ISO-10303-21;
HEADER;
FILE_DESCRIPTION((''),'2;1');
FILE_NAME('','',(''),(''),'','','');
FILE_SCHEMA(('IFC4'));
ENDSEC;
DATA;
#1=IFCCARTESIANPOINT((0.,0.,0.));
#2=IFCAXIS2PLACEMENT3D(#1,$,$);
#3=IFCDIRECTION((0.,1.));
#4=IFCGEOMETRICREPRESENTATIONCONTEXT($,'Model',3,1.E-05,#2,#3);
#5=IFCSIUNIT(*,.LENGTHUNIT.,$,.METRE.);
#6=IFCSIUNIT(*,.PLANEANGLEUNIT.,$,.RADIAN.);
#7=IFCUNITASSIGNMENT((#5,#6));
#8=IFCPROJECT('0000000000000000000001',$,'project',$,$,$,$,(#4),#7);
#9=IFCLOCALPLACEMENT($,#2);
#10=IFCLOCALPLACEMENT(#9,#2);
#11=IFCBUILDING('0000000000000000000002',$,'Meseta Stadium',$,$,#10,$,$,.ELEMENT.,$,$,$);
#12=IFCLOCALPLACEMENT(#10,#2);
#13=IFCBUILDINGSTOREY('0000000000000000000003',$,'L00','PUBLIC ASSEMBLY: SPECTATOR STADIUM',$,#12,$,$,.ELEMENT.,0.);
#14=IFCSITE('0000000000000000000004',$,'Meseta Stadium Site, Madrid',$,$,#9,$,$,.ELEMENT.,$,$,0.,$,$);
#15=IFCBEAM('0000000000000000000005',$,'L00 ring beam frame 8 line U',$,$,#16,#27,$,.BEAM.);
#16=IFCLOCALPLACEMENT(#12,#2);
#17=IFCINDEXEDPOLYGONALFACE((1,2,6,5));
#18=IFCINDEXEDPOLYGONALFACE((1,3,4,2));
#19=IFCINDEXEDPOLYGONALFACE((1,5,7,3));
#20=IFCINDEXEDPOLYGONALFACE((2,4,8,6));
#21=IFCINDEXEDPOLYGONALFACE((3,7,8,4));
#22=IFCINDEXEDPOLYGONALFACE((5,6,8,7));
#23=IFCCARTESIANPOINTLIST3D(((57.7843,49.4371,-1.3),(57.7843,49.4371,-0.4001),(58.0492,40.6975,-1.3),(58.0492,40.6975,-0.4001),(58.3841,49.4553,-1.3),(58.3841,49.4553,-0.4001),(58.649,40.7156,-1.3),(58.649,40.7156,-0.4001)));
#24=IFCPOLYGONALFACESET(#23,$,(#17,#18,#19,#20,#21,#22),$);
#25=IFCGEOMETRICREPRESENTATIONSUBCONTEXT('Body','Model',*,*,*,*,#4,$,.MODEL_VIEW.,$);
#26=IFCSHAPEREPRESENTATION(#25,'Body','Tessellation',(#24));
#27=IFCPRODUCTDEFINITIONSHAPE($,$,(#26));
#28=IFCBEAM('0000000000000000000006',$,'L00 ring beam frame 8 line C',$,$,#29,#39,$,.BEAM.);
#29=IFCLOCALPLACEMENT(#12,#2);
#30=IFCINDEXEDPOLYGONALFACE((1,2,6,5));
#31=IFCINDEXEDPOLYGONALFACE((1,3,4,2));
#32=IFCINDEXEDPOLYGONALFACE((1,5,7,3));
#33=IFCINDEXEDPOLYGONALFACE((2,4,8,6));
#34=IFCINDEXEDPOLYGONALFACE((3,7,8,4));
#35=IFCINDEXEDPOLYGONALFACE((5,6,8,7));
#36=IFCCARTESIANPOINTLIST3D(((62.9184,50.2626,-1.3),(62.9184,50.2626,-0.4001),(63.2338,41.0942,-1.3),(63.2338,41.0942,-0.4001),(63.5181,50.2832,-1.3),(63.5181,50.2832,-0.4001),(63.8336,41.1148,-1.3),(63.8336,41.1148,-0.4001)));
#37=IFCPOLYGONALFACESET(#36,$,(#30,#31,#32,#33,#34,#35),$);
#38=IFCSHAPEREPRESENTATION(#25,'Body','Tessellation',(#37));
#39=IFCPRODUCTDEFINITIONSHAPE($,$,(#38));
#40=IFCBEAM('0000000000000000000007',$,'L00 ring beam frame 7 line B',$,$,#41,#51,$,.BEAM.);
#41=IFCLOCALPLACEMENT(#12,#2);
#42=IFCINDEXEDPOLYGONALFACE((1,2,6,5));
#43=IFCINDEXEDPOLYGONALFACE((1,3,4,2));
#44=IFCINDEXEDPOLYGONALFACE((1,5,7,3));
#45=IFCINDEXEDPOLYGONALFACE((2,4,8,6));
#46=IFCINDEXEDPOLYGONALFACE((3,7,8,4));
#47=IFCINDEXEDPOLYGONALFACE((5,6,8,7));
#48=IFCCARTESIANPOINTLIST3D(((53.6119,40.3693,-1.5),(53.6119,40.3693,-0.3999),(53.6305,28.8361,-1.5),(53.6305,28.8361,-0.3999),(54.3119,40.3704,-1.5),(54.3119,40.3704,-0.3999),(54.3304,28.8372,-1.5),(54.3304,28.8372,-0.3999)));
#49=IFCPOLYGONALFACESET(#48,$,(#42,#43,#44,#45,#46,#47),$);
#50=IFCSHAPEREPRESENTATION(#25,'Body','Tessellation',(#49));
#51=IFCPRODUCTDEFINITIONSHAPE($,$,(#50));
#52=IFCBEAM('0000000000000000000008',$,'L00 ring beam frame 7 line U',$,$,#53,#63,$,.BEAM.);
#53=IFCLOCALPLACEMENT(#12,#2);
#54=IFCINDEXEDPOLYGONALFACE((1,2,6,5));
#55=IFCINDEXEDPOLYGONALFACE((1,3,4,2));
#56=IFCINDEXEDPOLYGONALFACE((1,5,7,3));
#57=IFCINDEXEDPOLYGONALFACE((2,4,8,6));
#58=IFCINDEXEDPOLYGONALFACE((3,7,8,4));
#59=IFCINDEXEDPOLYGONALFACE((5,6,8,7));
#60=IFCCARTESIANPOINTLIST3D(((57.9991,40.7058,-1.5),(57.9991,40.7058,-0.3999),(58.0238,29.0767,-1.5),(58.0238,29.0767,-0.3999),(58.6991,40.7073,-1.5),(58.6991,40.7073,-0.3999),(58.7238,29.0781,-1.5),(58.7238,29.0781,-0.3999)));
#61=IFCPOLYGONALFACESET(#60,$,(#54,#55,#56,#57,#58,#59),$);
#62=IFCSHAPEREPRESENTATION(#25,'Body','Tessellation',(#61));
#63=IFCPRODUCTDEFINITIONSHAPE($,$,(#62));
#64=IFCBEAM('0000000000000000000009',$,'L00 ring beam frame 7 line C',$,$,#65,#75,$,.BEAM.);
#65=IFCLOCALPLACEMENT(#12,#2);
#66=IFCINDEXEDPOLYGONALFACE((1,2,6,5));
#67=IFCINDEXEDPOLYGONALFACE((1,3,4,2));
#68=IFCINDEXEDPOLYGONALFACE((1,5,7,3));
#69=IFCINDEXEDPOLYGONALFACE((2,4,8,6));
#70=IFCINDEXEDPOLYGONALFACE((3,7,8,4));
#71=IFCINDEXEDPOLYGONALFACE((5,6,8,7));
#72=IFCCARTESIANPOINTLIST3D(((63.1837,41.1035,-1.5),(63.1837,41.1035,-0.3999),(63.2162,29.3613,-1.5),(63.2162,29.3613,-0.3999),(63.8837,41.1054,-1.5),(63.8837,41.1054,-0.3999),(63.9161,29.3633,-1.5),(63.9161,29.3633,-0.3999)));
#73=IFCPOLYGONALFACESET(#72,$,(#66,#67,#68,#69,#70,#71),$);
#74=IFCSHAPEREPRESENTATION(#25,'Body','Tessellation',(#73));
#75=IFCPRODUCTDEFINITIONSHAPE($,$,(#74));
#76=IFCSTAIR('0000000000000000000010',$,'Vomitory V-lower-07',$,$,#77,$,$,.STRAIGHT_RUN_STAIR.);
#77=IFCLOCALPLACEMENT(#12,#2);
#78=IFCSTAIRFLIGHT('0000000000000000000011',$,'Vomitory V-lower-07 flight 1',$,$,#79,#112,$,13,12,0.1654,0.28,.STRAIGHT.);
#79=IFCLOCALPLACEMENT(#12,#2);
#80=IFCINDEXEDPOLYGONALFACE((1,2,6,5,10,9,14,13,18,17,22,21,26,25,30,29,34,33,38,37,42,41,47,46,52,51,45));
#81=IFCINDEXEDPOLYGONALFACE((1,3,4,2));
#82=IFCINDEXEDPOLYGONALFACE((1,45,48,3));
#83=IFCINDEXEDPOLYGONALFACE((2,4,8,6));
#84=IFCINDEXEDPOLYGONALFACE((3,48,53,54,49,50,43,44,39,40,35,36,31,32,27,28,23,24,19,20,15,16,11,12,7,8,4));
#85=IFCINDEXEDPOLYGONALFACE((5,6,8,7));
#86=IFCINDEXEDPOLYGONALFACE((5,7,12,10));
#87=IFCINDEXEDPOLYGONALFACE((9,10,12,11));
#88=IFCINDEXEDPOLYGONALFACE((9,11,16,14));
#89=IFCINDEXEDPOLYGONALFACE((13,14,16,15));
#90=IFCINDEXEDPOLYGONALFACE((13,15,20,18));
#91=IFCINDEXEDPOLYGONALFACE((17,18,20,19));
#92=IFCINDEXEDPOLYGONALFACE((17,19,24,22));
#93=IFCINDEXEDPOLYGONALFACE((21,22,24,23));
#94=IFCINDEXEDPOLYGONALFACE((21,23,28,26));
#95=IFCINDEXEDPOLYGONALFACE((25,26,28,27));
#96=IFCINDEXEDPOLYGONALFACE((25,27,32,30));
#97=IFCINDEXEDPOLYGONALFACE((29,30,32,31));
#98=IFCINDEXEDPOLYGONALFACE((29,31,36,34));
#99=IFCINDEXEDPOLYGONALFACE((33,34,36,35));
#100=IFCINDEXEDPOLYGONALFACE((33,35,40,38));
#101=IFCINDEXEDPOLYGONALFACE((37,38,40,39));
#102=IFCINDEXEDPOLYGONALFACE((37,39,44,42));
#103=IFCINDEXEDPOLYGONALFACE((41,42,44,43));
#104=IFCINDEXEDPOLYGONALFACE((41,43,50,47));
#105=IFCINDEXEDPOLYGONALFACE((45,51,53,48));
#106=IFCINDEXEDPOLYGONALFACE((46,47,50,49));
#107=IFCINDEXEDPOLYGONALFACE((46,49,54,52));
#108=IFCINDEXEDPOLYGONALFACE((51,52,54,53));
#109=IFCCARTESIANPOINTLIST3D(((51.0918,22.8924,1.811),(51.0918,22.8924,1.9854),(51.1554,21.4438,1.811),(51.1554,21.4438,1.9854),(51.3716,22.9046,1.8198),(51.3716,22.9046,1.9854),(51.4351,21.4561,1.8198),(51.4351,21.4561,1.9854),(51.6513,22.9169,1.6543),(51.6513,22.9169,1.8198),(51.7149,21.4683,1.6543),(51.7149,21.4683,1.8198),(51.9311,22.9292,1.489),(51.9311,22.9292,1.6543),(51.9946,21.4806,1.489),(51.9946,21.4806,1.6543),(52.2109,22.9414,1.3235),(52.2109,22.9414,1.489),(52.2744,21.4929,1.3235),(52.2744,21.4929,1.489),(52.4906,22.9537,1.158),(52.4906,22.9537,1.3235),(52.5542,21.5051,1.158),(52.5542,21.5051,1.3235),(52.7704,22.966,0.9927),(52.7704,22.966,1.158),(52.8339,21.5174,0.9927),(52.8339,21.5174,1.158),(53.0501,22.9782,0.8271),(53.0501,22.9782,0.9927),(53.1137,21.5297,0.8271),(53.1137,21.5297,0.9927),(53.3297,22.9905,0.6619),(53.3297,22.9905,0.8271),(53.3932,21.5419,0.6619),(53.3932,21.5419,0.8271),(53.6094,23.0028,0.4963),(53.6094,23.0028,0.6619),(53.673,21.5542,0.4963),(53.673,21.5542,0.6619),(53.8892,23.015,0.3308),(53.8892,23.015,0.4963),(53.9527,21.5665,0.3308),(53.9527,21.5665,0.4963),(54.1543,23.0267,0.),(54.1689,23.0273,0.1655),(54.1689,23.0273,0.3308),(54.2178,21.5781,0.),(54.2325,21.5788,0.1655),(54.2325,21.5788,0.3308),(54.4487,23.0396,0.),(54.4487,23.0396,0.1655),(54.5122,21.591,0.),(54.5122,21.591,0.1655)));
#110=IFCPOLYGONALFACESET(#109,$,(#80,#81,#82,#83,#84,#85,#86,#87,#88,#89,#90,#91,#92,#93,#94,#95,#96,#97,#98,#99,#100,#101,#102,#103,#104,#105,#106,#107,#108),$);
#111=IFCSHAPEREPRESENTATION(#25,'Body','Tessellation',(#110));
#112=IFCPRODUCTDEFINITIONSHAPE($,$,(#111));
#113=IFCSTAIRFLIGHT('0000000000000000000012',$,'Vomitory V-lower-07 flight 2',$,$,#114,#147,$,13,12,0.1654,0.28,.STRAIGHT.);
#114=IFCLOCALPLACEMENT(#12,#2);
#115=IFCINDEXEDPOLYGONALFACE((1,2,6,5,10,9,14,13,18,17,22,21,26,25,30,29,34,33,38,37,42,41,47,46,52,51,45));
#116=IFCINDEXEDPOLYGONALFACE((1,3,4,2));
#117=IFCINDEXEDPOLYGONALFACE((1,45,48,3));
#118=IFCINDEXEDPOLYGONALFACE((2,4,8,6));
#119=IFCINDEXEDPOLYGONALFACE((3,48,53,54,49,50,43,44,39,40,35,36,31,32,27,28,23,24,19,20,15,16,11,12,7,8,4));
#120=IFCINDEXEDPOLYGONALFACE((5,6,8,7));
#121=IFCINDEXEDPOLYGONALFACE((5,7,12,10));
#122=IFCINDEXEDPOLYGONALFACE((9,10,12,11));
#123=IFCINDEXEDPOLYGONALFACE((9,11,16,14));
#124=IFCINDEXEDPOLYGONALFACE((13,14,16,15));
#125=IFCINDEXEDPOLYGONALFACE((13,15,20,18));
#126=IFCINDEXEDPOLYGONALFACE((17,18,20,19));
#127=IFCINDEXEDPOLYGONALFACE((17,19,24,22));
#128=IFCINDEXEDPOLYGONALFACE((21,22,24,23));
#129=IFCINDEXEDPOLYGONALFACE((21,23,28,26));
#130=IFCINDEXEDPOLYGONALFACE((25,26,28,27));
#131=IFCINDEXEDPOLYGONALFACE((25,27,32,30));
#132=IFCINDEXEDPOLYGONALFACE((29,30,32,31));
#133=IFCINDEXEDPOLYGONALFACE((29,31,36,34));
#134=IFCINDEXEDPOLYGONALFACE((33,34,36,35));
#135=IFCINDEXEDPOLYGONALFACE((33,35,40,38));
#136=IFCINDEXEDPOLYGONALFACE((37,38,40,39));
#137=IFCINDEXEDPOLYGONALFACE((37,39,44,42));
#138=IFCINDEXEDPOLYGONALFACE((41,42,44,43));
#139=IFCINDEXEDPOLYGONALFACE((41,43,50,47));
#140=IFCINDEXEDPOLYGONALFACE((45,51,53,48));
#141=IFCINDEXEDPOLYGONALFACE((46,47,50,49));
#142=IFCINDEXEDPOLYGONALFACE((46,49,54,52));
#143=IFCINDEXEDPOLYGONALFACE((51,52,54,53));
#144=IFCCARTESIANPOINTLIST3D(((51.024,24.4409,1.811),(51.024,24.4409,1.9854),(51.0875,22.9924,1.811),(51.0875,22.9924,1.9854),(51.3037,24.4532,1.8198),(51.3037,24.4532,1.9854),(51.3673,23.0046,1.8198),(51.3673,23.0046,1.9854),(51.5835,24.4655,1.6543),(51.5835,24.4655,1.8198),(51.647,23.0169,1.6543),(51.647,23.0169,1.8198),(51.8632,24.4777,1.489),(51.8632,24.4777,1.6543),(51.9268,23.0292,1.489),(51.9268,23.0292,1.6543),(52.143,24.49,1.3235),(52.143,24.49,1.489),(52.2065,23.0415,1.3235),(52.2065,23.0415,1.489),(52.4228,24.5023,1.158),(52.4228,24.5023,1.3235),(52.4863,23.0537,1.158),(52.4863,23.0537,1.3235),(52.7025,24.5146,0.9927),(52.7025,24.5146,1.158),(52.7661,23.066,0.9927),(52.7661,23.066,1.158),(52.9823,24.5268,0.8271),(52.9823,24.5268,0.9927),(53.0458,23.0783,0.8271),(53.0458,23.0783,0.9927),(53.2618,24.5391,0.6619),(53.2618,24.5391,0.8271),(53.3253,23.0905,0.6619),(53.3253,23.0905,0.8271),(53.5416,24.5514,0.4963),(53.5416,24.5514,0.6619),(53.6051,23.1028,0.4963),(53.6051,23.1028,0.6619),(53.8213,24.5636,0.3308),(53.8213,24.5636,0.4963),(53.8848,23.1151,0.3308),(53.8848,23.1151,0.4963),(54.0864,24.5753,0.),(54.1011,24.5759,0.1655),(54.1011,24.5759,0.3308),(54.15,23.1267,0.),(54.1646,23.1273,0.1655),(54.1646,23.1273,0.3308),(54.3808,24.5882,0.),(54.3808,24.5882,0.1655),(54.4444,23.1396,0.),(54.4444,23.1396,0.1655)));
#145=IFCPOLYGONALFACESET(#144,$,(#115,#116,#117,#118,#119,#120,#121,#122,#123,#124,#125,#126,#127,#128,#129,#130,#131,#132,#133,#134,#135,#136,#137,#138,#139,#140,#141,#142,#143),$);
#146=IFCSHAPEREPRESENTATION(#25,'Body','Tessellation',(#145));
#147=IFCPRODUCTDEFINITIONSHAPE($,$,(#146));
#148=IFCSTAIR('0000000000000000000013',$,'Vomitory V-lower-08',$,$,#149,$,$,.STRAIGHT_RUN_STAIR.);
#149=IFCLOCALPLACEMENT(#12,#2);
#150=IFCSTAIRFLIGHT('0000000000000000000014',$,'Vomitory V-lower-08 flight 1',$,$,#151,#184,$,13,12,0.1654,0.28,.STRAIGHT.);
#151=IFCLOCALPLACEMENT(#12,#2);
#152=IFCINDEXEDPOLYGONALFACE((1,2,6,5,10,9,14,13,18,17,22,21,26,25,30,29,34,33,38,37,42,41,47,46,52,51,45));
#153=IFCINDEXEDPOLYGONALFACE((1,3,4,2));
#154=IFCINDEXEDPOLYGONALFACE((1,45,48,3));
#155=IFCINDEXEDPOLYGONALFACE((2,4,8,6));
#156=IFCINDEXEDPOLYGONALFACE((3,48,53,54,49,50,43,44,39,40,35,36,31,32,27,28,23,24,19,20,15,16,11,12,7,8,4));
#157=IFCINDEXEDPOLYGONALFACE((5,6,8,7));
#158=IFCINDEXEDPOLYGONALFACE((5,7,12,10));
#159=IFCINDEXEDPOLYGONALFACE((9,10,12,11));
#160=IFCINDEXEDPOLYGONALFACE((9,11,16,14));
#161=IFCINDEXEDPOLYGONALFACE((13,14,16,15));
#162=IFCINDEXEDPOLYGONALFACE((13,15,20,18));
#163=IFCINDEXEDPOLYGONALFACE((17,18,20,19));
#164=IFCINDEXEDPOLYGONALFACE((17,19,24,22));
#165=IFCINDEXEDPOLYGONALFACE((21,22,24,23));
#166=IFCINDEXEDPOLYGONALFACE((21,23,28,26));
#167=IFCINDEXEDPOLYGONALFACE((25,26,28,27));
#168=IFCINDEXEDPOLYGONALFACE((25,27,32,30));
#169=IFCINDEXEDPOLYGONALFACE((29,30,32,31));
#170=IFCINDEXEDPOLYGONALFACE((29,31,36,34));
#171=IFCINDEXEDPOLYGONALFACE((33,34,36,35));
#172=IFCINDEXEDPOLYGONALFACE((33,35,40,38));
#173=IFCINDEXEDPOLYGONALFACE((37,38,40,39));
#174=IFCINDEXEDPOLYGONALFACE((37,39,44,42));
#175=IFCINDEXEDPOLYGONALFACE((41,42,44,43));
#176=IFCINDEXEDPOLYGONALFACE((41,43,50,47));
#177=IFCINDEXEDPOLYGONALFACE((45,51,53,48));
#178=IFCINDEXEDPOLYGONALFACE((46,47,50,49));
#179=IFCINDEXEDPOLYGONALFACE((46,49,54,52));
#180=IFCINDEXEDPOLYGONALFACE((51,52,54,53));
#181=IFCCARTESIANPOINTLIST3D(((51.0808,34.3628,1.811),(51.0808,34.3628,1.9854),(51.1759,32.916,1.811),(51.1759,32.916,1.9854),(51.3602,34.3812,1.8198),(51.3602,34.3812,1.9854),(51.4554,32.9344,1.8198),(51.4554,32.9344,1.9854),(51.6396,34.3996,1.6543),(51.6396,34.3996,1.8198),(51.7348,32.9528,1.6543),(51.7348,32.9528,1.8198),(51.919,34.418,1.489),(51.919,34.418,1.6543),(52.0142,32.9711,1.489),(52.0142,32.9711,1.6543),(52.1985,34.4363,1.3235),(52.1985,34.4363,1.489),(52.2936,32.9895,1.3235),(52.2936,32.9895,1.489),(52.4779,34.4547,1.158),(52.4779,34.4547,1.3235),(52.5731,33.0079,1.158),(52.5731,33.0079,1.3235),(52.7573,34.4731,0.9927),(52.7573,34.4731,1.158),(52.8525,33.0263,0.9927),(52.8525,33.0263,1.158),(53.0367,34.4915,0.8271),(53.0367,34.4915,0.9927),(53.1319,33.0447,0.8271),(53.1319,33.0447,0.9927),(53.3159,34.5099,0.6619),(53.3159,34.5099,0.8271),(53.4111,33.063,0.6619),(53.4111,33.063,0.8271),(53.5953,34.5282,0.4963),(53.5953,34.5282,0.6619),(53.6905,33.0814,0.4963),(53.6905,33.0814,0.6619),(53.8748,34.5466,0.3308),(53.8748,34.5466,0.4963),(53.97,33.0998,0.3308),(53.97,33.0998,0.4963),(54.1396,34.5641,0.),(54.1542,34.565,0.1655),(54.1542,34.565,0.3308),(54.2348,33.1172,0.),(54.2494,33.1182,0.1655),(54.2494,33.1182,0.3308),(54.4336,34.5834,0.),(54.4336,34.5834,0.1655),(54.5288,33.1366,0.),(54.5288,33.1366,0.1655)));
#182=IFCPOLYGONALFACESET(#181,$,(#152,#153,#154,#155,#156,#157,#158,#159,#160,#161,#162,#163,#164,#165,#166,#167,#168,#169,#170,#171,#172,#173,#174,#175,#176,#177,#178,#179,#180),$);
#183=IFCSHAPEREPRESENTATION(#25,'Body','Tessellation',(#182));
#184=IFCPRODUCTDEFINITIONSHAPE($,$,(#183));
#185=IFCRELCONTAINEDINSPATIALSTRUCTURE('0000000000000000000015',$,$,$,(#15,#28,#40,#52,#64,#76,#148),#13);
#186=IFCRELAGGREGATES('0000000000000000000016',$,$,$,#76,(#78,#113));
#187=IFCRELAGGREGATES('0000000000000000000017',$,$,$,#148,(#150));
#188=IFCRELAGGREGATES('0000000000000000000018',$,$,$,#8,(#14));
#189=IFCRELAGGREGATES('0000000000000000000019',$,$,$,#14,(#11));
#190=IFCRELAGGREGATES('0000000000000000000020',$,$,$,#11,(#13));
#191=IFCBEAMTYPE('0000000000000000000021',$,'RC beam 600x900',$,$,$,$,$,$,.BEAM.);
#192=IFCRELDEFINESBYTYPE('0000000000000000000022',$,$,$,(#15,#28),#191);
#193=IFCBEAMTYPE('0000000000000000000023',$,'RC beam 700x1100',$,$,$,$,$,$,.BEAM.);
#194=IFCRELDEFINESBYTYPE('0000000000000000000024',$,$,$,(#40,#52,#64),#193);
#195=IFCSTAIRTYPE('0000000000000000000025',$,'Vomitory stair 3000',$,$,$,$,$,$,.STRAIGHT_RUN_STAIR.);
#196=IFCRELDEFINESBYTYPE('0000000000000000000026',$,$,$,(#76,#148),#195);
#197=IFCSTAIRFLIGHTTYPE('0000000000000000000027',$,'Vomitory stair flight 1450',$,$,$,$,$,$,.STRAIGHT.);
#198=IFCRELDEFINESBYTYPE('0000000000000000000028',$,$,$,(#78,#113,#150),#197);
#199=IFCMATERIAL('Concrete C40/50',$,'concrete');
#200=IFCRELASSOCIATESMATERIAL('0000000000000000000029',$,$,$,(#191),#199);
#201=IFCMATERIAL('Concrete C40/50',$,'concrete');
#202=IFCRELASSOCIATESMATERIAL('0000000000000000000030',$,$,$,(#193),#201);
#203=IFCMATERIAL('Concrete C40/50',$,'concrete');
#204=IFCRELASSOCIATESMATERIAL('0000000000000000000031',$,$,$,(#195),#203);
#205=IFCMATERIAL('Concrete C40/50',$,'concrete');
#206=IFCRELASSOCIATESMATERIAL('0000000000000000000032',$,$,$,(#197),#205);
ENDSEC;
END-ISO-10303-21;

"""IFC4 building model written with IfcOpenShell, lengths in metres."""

from ifc_helpers import new_model, si_unit, direction, frame, origin, origin_2d, place, context, subcontext, project, spatial, polyline, rectangle, outline, extrude, material, material_profile, profile_set, type_object, element, aggregate, save


model = new_model("IFC4")

# Units and contexts
model_context = context("Model", 3, precision=1e-05, world=origin(), true_north=direction((0.0, 1.0)))
body_context = subcontext(model_context, "Body", "Model", "MODEL_VIEW")
ifc_project = project(units=[si_unit("LENGTHUNIT", "METRE"), si_unit("PLANEANGLEUNIT", "RADIAN")], contexts=[model_context])

# Site, building, storey
site_placement = place(None, origin())
site = spatial("IfcSite", under=ifc_project, at=site_placement, Name="Meseta Stadium Site, Madrid", CompositionType="ELEMENT", RefElevation=0.0)
building_placement = place(site_placement, origin())
building = spatial("IfcBuilding", under=site, at=building_placement, Name="Meseta Stadium", CompositionType="ELEMENT")
storey_placement = place(building_placement, origin())
storey = spatial("IfcBuildingStorey", under=building, at=storey_placement, Name="L00", Description="PUBLIC ASSEMBLY: SPECTATOR STADIUM", CompositionType="ELEMENT", Elevation=0.0)

# Beams
ifc_material_1 = material(Name="Concrete C40/50", Category="concrete")
ifc_material_profile_1 = material_profile(ifc_material_1, rectangle(XDim=0.6001, YDim=0.8999, at=origin_2d()), Name="RC 600x900")
ifc_profile_set_1 = profile_set([ifc_material_profile_1], Name="Concrete C40/50")
beam_type_1 = type_object("IfcBeamType", Name="RC beam 600x900", PredefinedType="BEAM", material=ifc_profile_set_1)
beam_1_placement = place(storey_placement, frame((58.3491, 40.7065, -0.8501), z_axis=(-0.030295, 0.999541, 0.0), x_axis=(-0.999541, -0.030295, 0.0)))
element("IfcBeam", 1, at=beam_1_placement, inside=storey, type_object=beam_type_1, Name="L00 ring beam frame 8 line U", PredefinedType="BEAM", context=body_context, shape_type="SweptSolid", body=[
    extrude(rectangle(XDim=0.6001, YDim=0.8999, at=origin_2d()), origin(), (0.0, 0.0, 1.0), 8.7437),
])
beam_2_placement = place(storey_placement, frame((63.5337, 41.1045, -0.8501), z_axis=(-0.034383, 0.999409, 0.0), x_axis=(-0.999409, -0.034383, 0.0)))
element("IfcBeam", 2, at=beam_2_placement, inside=storey, type_object=beam_type_1, Name="L00 ring beam frame 8 line C", PredefinedType="BEAM", context=body_context, shape_type="SweptSolid", body=[
    extrude(rectangle(XDim=0.6001, YDim=0.8999, at=origin_2d()), origin(), (0.0, 0.0, 1.0), 9.1738),
])
ifc_material_2 = material(Name="Concrete C40/50", Category="concrete")
ifc_material_profile_2 = material_profile(ifc_material_2, rectangle(XDim=0.7, YDim=1.1001, at=origin_2d()), Name="RC 700x1100")
ifc_profile_set_2 = profile_set([ifc_material_profile_2], Name="Concrete C40/50")
beam_type_2 = type_object("IfcBeamType", Name="RC beam 700x1100", PredefinedType="BEAM", material=ifc_profile_set_2)
beam_3_placement = place(storey_placement, frame((53.9805, 28.8367, -0.95), z_axis=(-0.001609, 0.999999, 0.0), x_axis=(-0.999999, -0.001609, 0.0)))
element("IfcBeam", 3, at=beam_3_placement, inside=storey, type_object=beam_type_2, Name="L00 ring beam frame 7 line B", PredefinedType="BEAM", context=body_context, shape_type="SweptSolid", body=[
    extrude(rectangle(XDim=0.7, YDim=1.1001, at=origin_2d()), origin(), (0.0, 0.0, 1.0), 11.5332),
])
beam_4_placement = place(storey_placement, frame((58.3738, 29.0774, -0.95), z_axis=(-0.00212, 0.999998, 0.0), x_axis=(-0.999998, -0.00212, 0.0)))
element("IfcBeam", 4, at=beam_4_placement, inside=storey, type_object=beam_type_2, Name="L00 ring beam frame 7 line U", PredefinedType="BEAM", context=body_context, shape_type="SweptSolid", body=[
    extrude(rectangle(XDim=0.7, YDim=1.1001, at=origin_2d()), origin(), (0.0, 0.0, 1.0), 11.6292),
])
beam_5_placement = place(storey_placement, frame((63.5662, 29.3623, -0.95), z_axis=(-0.002765, 0.999996, 0.0), x_axis=(-0.999996, -0.002765, 0.0)))
element("IfcBeam", 5, at=beam_5_placement, inside=storey, type_object=beam_type_2, Name="L00 ring beam frame 7 line C", PredefinedType="BEAM", context=body_context, shape_type="SweptSolid", body=[
    extrude(rectangle(XDim=0.7, YDim=1.1001, at=origin_2d()), origin(), (0.0, 0.0, 1.0), 11.7422),
])

# Stairs, stair flights
ifc_material_3 = material(Name="Concrete C40/50", Category="concrete")
stair_type = type_object("IfcStairType", Name="Vomitory stair 3000", PredefinedType="STRAIGHT_RUN_STAIR", material=ifc_material_3)
stair_1_placement = place(storey_placement, origin())
stair_1 = element("IfcStair", 6, at=stair_1_placement, inside=storey, type_object=stair_type, Name="Vomitory V-lower-07", PredefinedType="STRAIGHT_RUN_STAIR")
ifc_material_4 = material(Name="Concrete C40/50", Category="concrete")
stair_flight_type = type_object("IfcStairFlightType", Name="Vomitory stair flight 1450", PredefinedType="STRAIGHT", material=ifc_material_4)
stair_flight_1_placement = place(storey_placement, frame((54.4805, 22.3154, 0.0), z_axis=(0.0, 0.0, 1.0), x_axis=(-0.99904, -0.043818, 0.0)))
stair_flight_1 = element("IfcStairFlight", 7, at=stair_flight_1_placement, type_object=stair_flight_type, Name="Vomitory V-lower-07 flight 1", NumberOfRisers=13, NumberOfTreads=12, PredefinedType="STRAIGHT", RiserHeight=0.1654, TreadLength=0.28, context=body_context, shape_type="SweptSolid", body=[
    extrude(outline(polyline([(0.0, 0.0), (0.0, 0.1655), (0.28, 0.1655), (0.28, 0.3308), (0.5601, 0.3308), (0.5601, 0.4963), (0.8401, 0.4963), (0.8401, 0.6619), (1.1201, 0.6619), (1.1201, 0.8271), (1.3999, 0.8271), (1.3999, 0.9927), (1.6799, 0.9927), (1.6799, 1.158), (1.96, 1.158), (1.96, 1.3235), (2.24, 1.3235), (2.24, 1.489), (2.52, 1.489), (2.52, 1.6543), (2.8, 1.6543), (2.8, 1.8198), (3.0801, 1.8198), (3.0801, 1.9854), (3.3601, 1.9854), (3.3601, 1.811), (0.2947, 0.0), (0.0, 0.0)])), frame((0.0, 0.7251, 0.0), z_axis=(0.0, -1.0, 0.0), x_axis=(1.0, 0.0, 0.0)), (0.0, 0.0, 1.0), 1.45),
])
stair_flight_2_placement = place(storey_placement, frame((54.4126, 23.864, 0.0), z_axis=(0.0, 0.0, 1.0), x_axis=(-0.99904, -0.043818, 0.0)))
stair_flight_2 = element("IfcStairFlight", 8, at=stair_flight_2_placement, type_object=stair_flight_type, Name="Vomitory V-lower-07 flight 2", NumberOfRisers=13, NumberOfTreads=12, PredefinedType="STRAIGHT", RiserHeight=0.1654, TreadLength=0.28, context=body_context, shape_type="SweptSolid", body=[
    extrude(outline(polyline([(0.0, 0.0), (0.0, 0.1655), (0.28, 0.1655), (0.28, 0.3308), (0.5601, 0.3308), (0.5601, 0.4963), (0.8401, 0.4963), (0.8401, 0.6619), (1.1201, 0.6619), (1.1201, 0.8271), (1.3999, 0.8271), (1.3999, 0.9927), (1.6799, 0.9927), (1.6799, 1.158), (1.96, 1.158), (1.96, 1.3235), (2.24, 1.3235), (2.24, 1.489), (2.52, 1.489), (2.52, 1.6543), (2.8, 1.6543), (2.8, 1.8198), (3.0801, 1.8198), (3.0801, 1.9854), (3.3601, 1.9854), (3.3601, 1.811), (0.2947, 0.0), (0.0, 0.0)])), frame((0.0, 0.7251, 0.0), z_axis=(0.0, -1.0, 0.0), x_axis=(1.0, 0.0, 0.0)), (0.0, 0.0, 1.0), 1.45),
])
aggregate(stair_1, [stair_flight_1, stair_flight_2])
stair_2_placement = place(storey_placement, origin())
stair_2 = element("IfcStair", 9, at=stair_2_placement, inside=storey, type_object=stair_type, Name="Vomitory V-lower-08", PredefinedType="STRAIGHT_RUN_STAIR")
stair_flight_3_placement = place(storey_placement, frame((54.4812, 33.8601, 0.0), z_axis=(0.0, 0.0, 1.0), x_axis=(-0.997843, -0.065647, 0.0)))
stair_flight_3 = element("IfcStairFlight", 10, at=stair_flight_3_placement, type_object=stair_flight_type, Name="Vomitory V-lower-08 flight 1", NumberOfRisers=13, NumberOfTreads=12, PredefinedType="STRAIGHT", RiserHeight=0.1654, TreadLength=0.28, context=body_context, shape_type="SweptSolid", body=[
    extrude(outline(polyline([(0.0, 0.0), (0.0, 0.1655), (0.28, 0.1655), (0.28, 0.3308), (0.5601, 0.3308), (0.5601, 0.4963), (0.8401, 0.4963), (0.8401, 0.6619), (1.1201, 0.6619), (1.1201, 0.8271), (1.3999, 0.8271), (1.3999, 0.9927), (1.6799, 0.9927), (1.6799, 1.158), (1.96, 1.158), (1.96, 1.3235), (2.24, 1.3235), (2.24, 1.489), (2.52, 1.489), (2.52, 1.6543), (2.8, 1.6543), (2.8, 1.8198), (3.0801, 1.8198), (3.0801, 1.9854), (3.3601, 1.9854), (3.3601, 1.811), (0.2947, 0.0), (0.0, 0.0)])), frame((0.0, 0.7251, 0.0), z_axis=(0.0, -1.0, 0.0), x_axis=(1.0, 0.0, 0.0)), (0.0, 0.0, 1.0), 1.45),
])
aggregate(stair_2, [stair_flight_3])

save(model, "model.ifc")
